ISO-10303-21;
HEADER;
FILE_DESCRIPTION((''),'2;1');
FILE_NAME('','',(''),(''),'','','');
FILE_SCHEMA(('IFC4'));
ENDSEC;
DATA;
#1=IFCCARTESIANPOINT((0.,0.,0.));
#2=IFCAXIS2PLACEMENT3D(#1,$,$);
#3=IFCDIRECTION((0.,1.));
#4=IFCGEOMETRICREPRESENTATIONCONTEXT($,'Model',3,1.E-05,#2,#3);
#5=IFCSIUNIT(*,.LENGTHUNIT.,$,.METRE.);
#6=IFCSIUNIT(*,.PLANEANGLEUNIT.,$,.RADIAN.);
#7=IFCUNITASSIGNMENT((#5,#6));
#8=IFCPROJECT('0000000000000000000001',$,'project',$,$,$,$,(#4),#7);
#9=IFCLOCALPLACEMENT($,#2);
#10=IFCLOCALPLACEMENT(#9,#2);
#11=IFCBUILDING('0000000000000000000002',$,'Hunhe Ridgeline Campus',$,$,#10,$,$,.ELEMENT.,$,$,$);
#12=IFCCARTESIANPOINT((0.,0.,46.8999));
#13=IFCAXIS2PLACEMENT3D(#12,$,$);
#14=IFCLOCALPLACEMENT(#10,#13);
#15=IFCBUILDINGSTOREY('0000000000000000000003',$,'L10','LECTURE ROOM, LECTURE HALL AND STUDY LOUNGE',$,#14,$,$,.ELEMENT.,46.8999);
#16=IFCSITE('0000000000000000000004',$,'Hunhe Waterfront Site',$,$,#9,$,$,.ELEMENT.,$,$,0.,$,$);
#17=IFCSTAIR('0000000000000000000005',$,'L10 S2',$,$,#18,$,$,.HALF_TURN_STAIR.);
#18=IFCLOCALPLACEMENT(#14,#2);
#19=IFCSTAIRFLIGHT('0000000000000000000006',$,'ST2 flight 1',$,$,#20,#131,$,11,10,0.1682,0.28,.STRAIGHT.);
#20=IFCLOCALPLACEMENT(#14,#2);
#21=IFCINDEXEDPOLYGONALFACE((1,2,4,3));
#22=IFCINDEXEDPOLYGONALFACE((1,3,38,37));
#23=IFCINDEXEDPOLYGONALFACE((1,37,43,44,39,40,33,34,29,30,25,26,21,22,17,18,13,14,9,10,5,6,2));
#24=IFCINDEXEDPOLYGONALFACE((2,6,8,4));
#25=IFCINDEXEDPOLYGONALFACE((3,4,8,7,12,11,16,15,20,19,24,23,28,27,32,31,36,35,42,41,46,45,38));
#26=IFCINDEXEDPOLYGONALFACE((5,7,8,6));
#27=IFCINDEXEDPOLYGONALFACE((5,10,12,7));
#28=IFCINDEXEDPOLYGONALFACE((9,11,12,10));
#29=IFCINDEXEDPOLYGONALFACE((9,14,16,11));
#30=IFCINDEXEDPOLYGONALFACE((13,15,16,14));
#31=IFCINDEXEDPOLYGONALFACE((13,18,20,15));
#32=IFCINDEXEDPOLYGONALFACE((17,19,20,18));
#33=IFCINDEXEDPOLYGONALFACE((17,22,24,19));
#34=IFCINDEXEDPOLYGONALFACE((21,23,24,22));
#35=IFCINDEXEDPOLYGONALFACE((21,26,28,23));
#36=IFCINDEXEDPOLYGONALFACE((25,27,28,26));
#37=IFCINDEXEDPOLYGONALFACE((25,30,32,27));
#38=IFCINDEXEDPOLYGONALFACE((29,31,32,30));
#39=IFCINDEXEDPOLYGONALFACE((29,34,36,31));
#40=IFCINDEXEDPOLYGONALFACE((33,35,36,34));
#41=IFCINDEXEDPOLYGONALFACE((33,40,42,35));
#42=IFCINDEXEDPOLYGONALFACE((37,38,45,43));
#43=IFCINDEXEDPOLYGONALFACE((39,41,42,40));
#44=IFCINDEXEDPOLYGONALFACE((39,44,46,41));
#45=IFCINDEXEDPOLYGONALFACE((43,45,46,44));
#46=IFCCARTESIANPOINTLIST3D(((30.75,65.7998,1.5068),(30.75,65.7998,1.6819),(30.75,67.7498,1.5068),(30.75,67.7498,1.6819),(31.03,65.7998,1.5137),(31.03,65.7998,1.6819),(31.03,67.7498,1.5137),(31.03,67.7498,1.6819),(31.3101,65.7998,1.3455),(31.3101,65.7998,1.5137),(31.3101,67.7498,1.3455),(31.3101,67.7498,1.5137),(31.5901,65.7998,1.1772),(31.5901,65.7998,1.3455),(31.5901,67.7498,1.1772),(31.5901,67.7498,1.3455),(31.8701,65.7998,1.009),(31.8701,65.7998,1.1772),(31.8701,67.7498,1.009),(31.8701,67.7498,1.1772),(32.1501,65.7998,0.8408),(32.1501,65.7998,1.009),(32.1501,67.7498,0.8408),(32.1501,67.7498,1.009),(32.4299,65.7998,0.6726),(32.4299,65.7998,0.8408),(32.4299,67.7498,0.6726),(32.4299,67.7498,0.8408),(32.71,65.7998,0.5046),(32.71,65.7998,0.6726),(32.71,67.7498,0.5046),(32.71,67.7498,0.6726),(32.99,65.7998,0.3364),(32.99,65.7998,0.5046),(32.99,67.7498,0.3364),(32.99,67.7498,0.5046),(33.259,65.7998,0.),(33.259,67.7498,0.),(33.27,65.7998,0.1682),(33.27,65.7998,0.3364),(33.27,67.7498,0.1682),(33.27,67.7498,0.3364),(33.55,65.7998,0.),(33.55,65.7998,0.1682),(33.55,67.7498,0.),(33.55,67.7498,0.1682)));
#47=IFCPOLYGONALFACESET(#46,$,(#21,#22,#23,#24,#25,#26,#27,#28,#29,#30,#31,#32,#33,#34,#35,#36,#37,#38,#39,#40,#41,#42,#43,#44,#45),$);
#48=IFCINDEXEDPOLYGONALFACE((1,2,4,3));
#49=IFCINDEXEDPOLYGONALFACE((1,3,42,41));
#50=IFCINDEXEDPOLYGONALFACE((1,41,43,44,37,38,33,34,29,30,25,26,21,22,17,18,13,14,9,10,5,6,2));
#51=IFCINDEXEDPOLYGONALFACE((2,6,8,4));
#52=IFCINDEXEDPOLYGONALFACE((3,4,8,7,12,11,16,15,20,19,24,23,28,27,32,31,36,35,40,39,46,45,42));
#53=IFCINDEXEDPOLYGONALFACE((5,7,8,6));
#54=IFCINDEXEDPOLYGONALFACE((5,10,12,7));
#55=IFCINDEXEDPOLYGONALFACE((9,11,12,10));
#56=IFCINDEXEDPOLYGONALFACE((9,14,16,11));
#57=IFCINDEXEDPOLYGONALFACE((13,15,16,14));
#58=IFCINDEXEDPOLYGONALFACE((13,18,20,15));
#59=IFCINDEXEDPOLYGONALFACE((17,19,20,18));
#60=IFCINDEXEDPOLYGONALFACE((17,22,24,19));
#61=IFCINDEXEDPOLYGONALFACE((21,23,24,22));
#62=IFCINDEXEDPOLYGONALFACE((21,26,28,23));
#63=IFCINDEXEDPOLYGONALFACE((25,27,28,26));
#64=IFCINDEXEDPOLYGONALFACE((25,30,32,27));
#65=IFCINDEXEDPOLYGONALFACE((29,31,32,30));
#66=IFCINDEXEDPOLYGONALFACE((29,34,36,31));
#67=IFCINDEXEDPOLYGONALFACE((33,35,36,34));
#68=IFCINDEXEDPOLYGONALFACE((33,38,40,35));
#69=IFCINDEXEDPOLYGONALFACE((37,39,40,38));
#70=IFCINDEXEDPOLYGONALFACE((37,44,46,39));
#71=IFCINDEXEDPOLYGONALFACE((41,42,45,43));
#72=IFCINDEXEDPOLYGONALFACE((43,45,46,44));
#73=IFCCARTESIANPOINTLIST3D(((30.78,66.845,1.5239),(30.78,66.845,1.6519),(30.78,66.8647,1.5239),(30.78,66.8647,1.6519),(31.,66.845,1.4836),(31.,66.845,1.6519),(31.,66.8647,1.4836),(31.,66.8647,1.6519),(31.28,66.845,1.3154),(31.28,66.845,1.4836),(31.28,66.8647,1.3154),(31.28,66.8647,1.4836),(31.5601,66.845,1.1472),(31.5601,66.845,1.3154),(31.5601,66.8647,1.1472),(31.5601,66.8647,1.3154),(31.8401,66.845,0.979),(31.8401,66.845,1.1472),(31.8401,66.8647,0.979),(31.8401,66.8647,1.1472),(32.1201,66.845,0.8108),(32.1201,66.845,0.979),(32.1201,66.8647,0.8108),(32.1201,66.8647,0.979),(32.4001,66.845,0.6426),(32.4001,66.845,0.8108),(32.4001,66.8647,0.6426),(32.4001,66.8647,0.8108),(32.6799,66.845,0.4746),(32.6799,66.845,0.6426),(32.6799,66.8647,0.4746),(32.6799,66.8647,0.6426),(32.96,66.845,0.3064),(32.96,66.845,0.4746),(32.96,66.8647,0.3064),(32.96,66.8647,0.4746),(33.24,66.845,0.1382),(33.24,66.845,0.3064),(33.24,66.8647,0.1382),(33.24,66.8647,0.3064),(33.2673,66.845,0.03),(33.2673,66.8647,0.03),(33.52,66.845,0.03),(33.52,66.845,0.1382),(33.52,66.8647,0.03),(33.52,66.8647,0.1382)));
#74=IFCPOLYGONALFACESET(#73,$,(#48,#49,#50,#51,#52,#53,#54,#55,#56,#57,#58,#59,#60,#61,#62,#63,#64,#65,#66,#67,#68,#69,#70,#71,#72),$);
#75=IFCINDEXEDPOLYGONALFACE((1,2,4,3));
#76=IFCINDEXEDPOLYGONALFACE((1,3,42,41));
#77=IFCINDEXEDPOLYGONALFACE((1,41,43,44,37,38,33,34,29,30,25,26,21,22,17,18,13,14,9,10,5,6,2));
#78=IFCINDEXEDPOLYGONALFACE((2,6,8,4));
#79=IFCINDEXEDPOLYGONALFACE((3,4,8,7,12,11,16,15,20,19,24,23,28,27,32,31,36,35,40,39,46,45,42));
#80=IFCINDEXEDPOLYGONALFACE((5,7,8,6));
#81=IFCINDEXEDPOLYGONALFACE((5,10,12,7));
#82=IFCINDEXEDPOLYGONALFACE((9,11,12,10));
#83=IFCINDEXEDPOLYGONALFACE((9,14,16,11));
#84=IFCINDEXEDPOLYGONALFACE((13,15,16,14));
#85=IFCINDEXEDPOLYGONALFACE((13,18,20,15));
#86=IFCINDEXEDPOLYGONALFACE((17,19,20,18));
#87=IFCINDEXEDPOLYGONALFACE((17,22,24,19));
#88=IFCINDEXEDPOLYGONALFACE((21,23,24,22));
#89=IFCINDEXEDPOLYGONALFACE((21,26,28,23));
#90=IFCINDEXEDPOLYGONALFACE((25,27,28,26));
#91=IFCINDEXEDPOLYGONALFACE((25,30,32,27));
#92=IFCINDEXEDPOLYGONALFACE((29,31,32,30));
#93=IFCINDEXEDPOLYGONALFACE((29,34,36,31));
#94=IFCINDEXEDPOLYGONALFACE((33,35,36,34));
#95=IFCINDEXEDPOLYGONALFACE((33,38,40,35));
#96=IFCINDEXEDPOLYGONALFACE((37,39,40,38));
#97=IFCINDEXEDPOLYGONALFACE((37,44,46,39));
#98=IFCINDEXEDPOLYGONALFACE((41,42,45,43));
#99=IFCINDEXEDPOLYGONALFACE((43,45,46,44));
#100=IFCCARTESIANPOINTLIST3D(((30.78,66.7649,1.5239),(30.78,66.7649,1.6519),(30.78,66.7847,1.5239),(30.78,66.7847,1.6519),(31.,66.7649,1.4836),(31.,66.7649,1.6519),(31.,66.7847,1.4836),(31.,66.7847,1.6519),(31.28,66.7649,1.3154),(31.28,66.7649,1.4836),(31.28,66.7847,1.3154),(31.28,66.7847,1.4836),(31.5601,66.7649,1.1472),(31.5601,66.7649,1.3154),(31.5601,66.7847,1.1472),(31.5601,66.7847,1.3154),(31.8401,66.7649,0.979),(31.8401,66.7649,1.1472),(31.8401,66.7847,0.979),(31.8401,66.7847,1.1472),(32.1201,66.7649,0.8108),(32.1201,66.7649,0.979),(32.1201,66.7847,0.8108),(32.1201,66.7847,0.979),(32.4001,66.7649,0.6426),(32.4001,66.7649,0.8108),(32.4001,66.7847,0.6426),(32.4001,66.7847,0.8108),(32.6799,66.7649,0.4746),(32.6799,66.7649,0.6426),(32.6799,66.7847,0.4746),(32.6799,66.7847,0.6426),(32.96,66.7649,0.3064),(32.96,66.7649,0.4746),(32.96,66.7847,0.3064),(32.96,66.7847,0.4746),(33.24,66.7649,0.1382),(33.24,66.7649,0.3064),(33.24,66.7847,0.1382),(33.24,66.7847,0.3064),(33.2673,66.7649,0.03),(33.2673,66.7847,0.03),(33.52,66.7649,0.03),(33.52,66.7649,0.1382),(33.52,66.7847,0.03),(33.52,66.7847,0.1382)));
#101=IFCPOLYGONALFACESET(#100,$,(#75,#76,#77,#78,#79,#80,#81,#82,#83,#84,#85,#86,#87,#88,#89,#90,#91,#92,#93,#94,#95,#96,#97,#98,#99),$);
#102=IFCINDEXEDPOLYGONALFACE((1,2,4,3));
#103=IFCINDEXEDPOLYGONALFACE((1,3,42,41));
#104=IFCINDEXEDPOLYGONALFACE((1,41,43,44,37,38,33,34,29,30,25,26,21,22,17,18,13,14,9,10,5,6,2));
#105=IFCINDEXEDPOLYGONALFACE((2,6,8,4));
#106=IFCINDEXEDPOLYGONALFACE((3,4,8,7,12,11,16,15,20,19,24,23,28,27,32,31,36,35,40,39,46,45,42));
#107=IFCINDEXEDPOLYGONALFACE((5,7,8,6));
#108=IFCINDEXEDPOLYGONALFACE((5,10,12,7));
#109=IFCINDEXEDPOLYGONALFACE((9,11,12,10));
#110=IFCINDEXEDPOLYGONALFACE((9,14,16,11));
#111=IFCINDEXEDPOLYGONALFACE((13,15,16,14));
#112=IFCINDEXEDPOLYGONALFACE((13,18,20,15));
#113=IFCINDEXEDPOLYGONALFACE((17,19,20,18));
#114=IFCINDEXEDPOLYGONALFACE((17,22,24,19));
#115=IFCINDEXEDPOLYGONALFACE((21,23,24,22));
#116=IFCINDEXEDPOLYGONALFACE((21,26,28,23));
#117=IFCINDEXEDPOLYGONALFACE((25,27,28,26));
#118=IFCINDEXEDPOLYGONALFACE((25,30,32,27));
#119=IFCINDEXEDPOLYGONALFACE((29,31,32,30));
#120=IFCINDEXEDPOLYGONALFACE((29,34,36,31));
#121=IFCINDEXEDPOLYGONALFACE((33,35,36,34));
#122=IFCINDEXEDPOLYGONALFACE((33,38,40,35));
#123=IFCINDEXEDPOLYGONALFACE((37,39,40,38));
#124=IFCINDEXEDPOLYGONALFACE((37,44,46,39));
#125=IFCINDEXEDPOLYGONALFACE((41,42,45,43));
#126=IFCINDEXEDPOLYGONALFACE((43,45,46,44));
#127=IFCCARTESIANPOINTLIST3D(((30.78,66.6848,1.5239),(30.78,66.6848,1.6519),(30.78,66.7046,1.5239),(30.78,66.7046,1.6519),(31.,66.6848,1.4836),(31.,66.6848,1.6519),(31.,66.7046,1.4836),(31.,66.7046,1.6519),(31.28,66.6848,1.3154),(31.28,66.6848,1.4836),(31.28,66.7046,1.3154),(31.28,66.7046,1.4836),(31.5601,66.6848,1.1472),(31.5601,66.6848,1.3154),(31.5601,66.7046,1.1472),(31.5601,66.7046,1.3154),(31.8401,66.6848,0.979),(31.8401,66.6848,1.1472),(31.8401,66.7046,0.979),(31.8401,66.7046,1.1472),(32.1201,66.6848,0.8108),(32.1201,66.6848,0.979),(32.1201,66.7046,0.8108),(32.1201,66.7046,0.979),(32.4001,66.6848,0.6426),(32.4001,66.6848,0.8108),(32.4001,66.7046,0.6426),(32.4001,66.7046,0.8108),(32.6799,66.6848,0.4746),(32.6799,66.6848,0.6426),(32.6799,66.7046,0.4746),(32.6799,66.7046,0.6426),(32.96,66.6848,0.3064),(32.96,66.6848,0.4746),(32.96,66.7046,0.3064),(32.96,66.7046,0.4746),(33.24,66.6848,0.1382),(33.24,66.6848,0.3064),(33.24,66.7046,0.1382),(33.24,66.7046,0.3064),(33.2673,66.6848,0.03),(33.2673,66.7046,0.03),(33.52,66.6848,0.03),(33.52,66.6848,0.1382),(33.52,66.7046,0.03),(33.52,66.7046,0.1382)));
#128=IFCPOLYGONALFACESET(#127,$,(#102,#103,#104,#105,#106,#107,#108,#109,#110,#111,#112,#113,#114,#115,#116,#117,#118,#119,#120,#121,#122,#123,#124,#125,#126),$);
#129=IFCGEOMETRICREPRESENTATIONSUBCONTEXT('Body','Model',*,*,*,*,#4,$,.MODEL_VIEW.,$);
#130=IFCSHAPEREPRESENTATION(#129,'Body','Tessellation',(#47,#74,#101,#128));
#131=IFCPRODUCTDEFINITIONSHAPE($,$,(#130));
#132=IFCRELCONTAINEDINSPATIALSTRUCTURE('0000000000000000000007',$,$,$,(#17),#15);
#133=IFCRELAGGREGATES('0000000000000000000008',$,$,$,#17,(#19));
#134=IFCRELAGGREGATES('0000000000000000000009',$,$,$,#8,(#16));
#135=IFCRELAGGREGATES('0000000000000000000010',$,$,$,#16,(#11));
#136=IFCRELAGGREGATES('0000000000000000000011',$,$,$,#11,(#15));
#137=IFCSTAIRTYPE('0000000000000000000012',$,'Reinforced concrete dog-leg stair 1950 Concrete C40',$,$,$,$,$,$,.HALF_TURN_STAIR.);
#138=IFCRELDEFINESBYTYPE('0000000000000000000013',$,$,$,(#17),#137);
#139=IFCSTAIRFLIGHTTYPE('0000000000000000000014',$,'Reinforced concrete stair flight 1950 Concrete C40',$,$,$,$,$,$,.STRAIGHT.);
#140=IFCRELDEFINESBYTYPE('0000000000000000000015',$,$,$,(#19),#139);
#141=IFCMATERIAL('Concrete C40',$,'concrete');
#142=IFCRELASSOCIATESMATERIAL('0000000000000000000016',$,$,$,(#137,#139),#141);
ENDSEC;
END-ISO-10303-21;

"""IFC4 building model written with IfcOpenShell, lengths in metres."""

from ifc_helpers import new_model, si_unit, direction, frame, origin, place, context, subcontext, project, spatial, polyline, outline, extrude, material, type_object, element, aggregate, save


model = new_model("IFC4")

# Units and contexts
model_context = context("Model", 3, precision=1e-05, world=origin(), true_north=direction((0.0, 1.0)))
body_context = subcontext(model_context, "Body", "Model", "MODEL_VIEW")
ifc_project = project(units=[si_unit("LENGTHUNIT", "METRE"), si_unit("PLANEANGLEUNIT", "RADIAN")], contexts=[model_context])

# Site, building, storey
site_placement = place(None, origin())
site = spatial("IfcSite", under=ifc_project, at=site_placement, Name="Hunhe Waterfront Site", CompositionType="ELEMENT", RefElevation=0.0)
building_placement = place(site_placement, origin())
building = spatial("IfcBuilding", under=site, at=building_placement, Name="Hunhe Ridgeline Campus", CompositionType="ELEMENT")
storey_placement = place(building_placement, frame((0.0, 0.0, 46.8999)))
storey = spatial("IfcBuildingStorey", under=building, at=storey_placement, Name="L10", Description="LECTURE ROOM, LECTURE HALL AND STUDY LOUNGE", CompositionType="ELEMENT", Elevation=46.8999)

# Stair, stair flight
ifc_material_1 = material(Name="Concrete C40", Category="concrete")
stair_type = type_object("IfcStairType", Name="Reinforced concrete dog-leg stair 1950 Concrete C40", PredefinedType="HALF_TURN_STAIR", material=ifc_material_1)
stair_placement = place(storey_placement, origin())
stair = element("IfcStair", 1, at=stair_placement, inside=storey, type_object=stair_type, Name="L10 S2", PredefinedType="HALF_TURN_STAIR")
stair_flight_type = type_object("IfcStairFlightType", Name="Reinforced concrete stair flight 1950 Concrete C40", PredefinedType="STRAIGHT", material=ifc_material_1)
stair_flight_1_placement = place(storey_placement, frame((33.55, 66.7749, 0.0), z_axis=(0.0, 0.0, 1.0), x_axis=(-1.0, 0.0, 0.0)))
stair_flight_1 = element("IfcStairFlight", 2, at=stair_flight_1_placement, type_object=stair_flight_type, Name="ST2 flight 1", NumberOfRisers=11, NumberOfTreads=10, PredefinedType="STRAIGHT", RiserHeight=0.1682, TreadLength=0.28, context=body_context, shape_type="SweptSolid", body=[
    extrude(outline(polyline([(0.0, 0.0), (0.0, 0.1682), (0.28, 0.1682), (0.28, 0.3364), (0.5601, 0.3364), (0.5601, 0.5046), (0.8401, 0.5046), (0.8401, 0.6726), (1.1201, 0.6726), (1.1201, 0.8408), (1.3999, 0.8408), (1.3999, 1.009), (1.6799, 1.009), (1.6799, 1.1772), (1.96, 1.1772), (1.96, 1.3455), (2.24, 1.3455), (2.24, 1.5137), (2.52, 1.5137), (2.52, 1.6819), (2.8, 1.6819), (2.8, 1.8501), (2.8, 1.5068), (0.291, 0.0), (0.0, 0.0)])), frame((0.0, 0.9751, 0.0), z_axis=(0.0, -1.0, 0.0), x_axis=(1.0, 0.0, 0.0)), (0.0, 0.0, 1.0), 1.95),
    extrude(outline(polyline([(0.03, 0.03), (0.03, 0.1382), (0.3101, 0.1382), (0.3101, 0.3064), (0.5901, 0.3064), (0.5901, 0.4746), (0.8701, 0.4746), (0.8701, 0.6426), (1.1499, 0.6426), (1.1499, 0.8108), (1.4299, 0.8108), (1.4299, 0.979), (1.71, 0.979), (1.71, 1.1472), (1.99, 1.1472), (1.99, 1.3154), (2.27, 1.3154), (2.27, 1.4836), (2.55, 1.4836), (2.55, 1.6519), (2.77, 1.6519), (2.77, 1.5239), (0.2827, 0.03), (0.03, 0.03)])), frame((0.0, -0.0701, 0.0), z_axis=(0.0, -1.0, 0.0), x_axis=(1.0, 0.0, 0.0)), (0.0, 0.0, 1.0), 0.0198),
    extrude(outline(polyline([(0.03, 0.03), (0.03, 0.1382), (0.3101, 0.1382), (0.3101, 0.3064), (0.5901, 0.3064), (0.5901, 0.4746), (0.8701, 0.4746), (0.8701, 0.6426), (1.1499, 0.6426), (1.1499, 0.8108), (1.4299, 0.8108), (1.4299, 0.979), (1.71, 0.979), (1.71, 1.1472), (1.99, 1.1472), (1.99, 1.3154), (2.27, 1.3154), (2.27, 1.4836), (2.55, 1.4836), (2.55, 1.6519), (2.77, 1.6519), (2.77, 1.5239), (0.2827, 0.03), (0.03, 0.03)])), frame((0.0, 0.01, 0.0), z_axis=(0.0, -1.0, 0.0), x_axis=(1.0, 0.0, 0.0)), (0.0, 0.0, 1.0), 0.0198),
    extrude(outline(polyline([(0.03, 0.03), (0.03, 0.1382), (0.3101, 0.1382), (0.3101, 0.3064), (0.5901, 0.3064), (0.5901, 0.4746), (0.8701, 0.4746), (0.8701, 0.6426), (1.1499, 0.6426), (1.1499, 0.8108), (1.4299, 0.8108), (1.4299, 0.979), (1.71, 0.979), (1.71, 1.1472), (1.99, 1.1472), (1.99, 1.3154), (2.27, 1.3154), (2.27, 1.4836), (2.55, 1.4836), (2.55, 1.6519), (2.77, 1.6519), (2.77, 1.5239), (0.2827, 0.03), (0.03, 0.03)])), frame((0.0, 0.0901, 0.0), z_axis=(0.0, -1.0, 0.0), x_axis=(1.0, 0.0, 0.0)), (0.0, 0.0, 1.0), 0.0198),
])
aggregate(stair, [stair_flight_1])

save(model, "model.ifc")
